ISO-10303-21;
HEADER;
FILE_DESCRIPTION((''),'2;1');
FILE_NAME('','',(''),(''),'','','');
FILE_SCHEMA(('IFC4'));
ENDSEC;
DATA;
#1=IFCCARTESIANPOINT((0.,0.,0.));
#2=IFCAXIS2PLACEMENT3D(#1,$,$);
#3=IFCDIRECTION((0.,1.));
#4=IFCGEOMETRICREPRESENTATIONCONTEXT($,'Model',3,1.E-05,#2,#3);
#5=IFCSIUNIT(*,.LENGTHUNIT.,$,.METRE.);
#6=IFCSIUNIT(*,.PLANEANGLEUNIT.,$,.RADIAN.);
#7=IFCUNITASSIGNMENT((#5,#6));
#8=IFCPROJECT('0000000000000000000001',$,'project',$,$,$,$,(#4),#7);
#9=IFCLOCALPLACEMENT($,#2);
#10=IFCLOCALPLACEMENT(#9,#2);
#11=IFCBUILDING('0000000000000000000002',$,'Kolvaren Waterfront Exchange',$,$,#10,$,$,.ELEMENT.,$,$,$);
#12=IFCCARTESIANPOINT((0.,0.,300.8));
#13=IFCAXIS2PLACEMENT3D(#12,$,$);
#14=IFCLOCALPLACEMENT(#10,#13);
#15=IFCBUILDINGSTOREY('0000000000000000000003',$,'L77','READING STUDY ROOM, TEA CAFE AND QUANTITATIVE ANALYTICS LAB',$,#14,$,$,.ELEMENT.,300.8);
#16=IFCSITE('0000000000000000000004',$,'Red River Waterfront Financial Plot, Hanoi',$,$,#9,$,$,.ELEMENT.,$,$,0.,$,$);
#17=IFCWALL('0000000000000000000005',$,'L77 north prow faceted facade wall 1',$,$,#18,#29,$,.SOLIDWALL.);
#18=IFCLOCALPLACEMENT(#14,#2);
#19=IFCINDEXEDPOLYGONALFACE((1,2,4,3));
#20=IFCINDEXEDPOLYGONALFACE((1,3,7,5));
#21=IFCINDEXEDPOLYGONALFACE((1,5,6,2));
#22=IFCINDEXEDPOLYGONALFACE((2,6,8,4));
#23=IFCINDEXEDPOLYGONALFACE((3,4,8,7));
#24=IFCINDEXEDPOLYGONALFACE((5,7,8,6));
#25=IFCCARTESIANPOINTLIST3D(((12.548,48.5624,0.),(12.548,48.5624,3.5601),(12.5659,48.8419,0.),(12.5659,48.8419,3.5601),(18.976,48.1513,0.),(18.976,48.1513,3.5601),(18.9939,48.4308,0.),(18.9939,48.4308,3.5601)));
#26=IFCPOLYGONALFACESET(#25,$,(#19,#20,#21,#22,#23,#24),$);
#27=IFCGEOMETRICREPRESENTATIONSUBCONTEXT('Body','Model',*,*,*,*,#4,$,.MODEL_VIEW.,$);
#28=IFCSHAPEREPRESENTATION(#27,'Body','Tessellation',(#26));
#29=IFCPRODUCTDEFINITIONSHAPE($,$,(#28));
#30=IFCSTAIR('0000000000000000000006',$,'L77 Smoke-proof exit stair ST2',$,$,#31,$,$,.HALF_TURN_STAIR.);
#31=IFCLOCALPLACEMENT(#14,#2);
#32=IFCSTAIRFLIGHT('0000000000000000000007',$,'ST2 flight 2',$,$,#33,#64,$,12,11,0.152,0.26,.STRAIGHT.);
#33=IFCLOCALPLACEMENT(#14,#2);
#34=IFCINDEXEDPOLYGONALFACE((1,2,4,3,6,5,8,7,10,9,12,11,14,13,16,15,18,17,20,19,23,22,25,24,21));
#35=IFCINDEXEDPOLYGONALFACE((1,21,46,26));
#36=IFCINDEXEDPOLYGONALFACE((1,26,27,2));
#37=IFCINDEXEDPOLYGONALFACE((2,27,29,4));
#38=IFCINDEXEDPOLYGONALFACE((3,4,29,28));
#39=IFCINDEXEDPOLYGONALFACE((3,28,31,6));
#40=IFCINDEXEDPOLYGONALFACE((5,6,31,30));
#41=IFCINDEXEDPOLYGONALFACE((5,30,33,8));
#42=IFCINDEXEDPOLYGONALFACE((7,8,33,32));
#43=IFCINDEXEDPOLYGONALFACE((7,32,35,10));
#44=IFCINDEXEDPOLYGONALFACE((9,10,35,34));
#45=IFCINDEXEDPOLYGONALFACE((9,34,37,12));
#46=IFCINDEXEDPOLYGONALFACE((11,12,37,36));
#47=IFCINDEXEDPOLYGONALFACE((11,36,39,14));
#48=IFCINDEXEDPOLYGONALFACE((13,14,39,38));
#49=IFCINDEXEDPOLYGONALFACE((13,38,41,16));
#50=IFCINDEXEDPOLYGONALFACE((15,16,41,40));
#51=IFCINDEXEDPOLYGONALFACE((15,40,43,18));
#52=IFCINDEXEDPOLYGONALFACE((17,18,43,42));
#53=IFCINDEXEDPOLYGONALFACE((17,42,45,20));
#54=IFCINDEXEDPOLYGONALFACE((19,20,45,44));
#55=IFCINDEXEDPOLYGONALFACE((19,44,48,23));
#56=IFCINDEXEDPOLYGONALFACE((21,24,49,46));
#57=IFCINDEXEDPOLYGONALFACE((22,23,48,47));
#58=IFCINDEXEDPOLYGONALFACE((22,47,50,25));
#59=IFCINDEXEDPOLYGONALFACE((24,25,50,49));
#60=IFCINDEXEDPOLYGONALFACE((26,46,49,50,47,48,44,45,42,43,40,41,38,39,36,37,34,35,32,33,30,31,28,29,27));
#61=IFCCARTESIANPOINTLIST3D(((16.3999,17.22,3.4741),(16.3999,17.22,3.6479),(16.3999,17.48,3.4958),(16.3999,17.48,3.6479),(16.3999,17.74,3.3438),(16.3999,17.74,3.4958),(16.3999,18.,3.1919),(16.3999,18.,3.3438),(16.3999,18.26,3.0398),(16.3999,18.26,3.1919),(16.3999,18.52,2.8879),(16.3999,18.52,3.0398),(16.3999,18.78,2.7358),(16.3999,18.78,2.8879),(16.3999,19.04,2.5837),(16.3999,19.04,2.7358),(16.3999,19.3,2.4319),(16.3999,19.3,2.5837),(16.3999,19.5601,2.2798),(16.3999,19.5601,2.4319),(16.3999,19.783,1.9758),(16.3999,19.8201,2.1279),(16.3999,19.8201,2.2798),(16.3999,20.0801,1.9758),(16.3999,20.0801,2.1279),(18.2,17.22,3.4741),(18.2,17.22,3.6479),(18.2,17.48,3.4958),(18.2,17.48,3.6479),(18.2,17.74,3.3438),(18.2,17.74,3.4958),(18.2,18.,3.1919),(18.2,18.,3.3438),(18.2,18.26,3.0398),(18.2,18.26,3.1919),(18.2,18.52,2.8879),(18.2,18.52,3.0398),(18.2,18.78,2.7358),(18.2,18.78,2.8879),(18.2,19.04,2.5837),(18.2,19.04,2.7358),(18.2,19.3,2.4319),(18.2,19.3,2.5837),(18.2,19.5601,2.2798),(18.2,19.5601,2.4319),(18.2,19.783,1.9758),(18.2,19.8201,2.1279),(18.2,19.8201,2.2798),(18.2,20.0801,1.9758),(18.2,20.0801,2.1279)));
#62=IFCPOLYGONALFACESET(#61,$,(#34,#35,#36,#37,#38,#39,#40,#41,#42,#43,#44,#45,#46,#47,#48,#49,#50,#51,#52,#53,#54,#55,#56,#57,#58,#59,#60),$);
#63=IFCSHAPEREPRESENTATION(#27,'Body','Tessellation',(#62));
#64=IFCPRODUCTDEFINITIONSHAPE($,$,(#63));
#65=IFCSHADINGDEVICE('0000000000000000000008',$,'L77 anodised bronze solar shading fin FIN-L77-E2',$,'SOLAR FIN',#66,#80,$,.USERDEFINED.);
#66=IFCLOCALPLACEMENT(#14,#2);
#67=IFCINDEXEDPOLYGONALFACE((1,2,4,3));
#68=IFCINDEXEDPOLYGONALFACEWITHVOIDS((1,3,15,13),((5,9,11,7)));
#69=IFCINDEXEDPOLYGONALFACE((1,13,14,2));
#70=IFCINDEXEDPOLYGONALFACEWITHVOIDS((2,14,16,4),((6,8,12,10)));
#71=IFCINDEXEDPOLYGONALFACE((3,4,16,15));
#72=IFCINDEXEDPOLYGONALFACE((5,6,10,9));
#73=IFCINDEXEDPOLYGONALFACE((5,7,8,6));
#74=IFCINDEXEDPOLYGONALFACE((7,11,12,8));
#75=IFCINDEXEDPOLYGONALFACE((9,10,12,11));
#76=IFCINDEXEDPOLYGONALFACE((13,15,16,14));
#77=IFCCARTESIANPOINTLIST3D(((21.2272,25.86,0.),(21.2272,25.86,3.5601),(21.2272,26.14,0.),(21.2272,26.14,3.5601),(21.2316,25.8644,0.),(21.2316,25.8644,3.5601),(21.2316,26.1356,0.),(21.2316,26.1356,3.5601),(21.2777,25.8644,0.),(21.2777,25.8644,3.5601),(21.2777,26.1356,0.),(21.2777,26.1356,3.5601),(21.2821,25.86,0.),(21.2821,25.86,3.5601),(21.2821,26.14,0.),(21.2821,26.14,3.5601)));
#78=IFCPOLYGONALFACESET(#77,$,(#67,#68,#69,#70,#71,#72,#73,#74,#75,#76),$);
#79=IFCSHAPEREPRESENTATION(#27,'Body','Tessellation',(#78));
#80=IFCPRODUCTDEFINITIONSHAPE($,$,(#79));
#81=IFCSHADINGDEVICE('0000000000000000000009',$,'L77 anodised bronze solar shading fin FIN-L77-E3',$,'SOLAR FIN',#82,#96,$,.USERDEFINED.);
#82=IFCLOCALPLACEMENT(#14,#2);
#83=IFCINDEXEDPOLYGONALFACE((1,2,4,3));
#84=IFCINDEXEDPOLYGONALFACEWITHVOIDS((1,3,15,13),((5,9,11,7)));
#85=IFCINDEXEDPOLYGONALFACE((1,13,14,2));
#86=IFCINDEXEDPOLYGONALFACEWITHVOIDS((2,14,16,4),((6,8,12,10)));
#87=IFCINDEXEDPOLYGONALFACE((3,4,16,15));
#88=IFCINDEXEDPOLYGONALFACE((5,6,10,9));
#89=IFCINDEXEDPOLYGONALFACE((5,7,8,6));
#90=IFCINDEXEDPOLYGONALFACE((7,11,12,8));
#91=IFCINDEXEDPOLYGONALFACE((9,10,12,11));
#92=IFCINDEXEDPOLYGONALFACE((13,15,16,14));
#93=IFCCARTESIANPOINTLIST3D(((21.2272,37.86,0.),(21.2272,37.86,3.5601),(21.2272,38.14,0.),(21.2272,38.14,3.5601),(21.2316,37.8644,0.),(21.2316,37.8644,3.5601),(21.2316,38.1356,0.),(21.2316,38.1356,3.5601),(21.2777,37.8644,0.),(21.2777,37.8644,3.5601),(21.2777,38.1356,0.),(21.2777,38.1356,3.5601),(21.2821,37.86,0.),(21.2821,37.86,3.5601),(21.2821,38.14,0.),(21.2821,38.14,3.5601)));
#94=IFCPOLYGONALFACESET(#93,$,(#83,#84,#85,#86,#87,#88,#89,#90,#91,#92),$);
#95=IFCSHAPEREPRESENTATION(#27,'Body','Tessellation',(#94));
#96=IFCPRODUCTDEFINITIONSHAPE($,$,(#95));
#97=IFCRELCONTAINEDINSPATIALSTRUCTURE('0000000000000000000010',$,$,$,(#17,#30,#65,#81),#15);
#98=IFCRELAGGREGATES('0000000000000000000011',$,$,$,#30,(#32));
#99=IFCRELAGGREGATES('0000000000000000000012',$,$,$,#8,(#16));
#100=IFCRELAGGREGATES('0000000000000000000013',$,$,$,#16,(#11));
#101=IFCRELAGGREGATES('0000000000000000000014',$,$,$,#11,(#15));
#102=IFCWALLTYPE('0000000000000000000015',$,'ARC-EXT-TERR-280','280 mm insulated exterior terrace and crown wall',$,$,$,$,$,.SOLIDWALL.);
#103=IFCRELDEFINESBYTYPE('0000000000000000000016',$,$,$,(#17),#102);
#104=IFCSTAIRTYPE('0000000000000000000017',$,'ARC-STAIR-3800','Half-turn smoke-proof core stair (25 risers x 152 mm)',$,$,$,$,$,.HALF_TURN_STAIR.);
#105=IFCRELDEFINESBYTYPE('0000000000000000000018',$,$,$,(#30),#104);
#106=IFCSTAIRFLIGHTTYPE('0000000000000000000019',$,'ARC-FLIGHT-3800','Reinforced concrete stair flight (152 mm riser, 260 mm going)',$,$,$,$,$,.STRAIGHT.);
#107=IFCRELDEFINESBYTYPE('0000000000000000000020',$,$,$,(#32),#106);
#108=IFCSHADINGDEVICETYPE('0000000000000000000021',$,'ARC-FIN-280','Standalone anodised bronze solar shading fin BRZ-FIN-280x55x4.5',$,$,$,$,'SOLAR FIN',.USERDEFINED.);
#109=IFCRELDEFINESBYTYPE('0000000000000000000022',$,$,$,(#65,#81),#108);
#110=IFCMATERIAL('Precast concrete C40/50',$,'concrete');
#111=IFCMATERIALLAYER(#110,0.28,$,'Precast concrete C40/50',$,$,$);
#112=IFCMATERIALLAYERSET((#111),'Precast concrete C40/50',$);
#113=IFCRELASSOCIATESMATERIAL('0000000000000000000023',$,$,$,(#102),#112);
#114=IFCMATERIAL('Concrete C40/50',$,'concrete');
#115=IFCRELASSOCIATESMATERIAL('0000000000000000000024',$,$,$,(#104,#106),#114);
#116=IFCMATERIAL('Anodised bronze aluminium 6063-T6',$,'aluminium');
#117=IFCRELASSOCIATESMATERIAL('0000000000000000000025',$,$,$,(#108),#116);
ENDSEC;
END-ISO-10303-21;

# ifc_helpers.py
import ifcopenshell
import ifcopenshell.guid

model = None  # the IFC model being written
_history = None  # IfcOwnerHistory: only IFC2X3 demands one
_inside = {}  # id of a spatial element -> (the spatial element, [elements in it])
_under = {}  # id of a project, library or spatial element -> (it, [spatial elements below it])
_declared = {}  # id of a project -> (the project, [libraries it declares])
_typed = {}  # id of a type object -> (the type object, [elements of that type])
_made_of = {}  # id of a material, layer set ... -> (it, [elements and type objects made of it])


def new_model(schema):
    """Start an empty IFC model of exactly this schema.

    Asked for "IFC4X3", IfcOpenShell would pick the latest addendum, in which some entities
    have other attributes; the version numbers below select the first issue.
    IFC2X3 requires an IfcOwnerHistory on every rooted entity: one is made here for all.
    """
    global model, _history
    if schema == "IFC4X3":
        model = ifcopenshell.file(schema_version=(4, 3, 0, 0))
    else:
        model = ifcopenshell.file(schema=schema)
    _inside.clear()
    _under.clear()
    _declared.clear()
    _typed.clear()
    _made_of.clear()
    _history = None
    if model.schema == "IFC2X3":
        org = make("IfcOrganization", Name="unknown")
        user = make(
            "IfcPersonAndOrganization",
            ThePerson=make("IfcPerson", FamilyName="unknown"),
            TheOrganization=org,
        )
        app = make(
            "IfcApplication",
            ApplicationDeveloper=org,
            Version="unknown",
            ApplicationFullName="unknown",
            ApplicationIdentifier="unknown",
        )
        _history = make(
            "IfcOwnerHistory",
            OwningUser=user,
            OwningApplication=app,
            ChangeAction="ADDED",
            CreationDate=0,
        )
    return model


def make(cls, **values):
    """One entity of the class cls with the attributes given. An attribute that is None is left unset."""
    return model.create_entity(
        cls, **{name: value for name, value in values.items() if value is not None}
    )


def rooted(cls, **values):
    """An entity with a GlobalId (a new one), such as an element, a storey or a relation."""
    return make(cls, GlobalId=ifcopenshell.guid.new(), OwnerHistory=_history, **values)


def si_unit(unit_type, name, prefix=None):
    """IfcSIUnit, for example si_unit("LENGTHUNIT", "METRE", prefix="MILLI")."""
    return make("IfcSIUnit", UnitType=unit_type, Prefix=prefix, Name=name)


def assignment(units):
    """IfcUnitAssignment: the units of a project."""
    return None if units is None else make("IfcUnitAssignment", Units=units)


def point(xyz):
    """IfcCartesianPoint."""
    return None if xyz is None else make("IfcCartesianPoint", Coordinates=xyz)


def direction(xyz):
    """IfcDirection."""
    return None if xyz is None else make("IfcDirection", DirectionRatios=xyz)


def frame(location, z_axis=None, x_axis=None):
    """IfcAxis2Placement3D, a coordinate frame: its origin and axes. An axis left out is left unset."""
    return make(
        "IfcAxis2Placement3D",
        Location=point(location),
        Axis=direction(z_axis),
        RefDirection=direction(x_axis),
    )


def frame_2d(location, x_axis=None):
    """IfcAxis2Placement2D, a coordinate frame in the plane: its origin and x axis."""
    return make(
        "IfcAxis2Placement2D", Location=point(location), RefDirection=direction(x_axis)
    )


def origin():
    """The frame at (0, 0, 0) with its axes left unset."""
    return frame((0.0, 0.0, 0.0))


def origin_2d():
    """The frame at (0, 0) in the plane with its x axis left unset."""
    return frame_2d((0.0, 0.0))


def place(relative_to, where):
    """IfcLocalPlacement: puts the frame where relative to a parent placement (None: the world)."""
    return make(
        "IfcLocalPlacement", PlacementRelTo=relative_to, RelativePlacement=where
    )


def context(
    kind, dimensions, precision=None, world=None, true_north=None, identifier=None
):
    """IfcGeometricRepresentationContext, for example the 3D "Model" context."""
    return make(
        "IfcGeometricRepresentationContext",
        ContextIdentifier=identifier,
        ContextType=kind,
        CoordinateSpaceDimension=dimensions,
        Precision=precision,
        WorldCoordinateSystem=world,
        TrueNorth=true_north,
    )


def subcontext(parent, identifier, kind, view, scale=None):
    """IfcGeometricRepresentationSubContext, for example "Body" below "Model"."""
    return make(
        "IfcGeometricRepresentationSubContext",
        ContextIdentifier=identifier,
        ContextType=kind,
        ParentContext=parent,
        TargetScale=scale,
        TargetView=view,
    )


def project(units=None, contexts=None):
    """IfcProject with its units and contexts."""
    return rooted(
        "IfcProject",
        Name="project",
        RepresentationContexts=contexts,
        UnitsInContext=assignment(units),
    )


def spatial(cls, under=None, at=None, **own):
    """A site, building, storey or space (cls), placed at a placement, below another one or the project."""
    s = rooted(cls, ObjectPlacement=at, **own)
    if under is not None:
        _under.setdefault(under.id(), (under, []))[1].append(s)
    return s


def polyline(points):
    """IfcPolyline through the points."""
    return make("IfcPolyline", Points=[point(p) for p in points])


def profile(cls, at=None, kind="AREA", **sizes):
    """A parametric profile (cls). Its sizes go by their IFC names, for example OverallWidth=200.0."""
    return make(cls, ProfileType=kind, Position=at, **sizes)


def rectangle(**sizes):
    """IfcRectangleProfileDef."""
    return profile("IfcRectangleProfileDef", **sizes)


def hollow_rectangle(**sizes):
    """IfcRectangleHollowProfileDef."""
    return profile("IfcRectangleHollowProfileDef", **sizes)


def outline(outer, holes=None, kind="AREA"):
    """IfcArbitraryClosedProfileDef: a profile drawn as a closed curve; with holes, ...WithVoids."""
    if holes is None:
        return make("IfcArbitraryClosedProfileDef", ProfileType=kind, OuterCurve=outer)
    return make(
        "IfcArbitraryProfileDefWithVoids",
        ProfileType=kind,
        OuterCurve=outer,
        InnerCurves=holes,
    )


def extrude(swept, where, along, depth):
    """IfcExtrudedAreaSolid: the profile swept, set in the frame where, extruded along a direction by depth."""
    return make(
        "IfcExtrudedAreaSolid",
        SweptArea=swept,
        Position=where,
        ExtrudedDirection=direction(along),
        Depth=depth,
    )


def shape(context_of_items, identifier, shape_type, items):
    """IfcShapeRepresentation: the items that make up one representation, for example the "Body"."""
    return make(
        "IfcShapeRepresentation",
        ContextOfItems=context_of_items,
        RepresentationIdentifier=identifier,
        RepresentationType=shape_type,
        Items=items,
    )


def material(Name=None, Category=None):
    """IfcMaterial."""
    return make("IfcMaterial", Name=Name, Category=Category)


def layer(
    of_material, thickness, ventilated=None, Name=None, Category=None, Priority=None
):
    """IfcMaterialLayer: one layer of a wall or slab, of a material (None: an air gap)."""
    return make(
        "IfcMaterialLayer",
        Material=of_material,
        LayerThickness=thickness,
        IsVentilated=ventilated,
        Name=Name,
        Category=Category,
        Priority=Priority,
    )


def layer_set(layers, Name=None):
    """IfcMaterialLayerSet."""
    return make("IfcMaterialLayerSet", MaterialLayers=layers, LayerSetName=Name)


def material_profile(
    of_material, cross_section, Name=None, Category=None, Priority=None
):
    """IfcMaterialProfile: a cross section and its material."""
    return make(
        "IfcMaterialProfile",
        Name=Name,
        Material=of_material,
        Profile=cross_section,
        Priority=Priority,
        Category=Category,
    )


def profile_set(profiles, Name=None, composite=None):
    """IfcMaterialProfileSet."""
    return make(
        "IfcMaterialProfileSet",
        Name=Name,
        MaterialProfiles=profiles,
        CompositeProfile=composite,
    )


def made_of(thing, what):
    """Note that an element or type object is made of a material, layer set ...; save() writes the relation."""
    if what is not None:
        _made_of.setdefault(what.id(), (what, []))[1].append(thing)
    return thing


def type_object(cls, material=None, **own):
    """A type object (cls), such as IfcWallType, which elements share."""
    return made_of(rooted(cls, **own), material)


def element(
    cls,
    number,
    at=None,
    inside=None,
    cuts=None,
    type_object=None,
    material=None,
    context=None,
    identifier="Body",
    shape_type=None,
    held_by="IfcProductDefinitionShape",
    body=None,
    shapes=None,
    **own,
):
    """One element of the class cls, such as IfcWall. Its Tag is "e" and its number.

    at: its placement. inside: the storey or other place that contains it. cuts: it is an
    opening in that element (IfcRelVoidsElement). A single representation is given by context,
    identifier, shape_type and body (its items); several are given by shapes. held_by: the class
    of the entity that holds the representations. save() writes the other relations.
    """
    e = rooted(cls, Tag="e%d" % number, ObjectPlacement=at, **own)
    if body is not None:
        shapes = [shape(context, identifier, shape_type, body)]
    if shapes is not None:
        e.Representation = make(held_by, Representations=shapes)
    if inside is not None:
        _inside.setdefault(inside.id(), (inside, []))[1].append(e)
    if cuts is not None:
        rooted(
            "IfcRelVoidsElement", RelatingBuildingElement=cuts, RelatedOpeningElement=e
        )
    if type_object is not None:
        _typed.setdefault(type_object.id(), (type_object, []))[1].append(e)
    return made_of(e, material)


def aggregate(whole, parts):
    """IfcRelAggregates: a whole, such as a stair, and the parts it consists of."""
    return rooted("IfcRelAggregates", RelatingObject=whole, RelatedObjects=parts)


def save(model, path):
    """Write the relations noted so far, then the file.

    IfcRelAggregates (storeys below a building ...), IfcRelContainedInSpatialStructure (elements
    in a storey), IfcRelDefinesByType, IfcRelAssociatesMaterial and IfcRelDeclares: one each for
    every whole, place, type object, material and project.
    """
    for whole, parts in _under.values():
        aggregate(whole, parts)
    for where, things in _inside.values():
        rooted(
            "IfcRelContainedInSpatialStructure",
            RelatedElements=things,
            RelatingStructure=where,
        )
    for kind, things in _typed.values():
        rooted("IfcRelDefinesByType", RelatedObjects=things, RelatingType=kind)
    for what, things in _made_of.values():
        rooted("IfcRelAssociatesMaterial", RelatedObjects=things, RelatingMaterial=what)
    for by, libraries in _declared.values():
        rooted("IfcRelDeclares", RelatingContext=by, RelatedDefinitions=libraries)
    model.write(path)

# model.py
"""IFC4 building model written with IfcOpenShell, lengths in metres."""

from ifc_helpers import new_model, si_unit, direction, frame, frame_2d, origin, origin_2d, place, context, subcontext, project, spatial, polyline, rectangle, hollow_rectangle, outline, extrude, material, layer, layer_set, material_profile, profile_set, type_object, element, aggregate, save


model = new_model("IFC4")

# Units and contexts
model_context = context("Model", 3, precision=1e-05, world=origin(), true_north=direction((0.0, 1.0)))
body_context = subcontext(model_context, "Body", "Model", "MODEL_VIEW")
ifc_project = project(units=[si_unit("LENGTHUNIT", "METRE"), si_unit("PLANEANGLEUNIT", "RADIAN")], contexts=[model_context])

# Site, building, storey
site_placement = place(None, origin())
site = spatial("IfcSite", under=ifc_project, at=site_placement, Name="Red River Waterfront Financial Plot, Hanoi", CompositionType="ELEMENT", RefElevation=0.0)
building_placement = place(site_placement, origin())
building = spatial("IfcBuilding", under=site, at=building_placement, Name="Kolvaren Waterfront Exchange", CompositionType="ELEMENT")
storey_placement = place(building_placement, frame((0.0, 0.0, 300.8)))
storey = spatial("IfcBuildingStorey", under=building, at=storey_placement, Name="L77", Description="READING STUDY ROOM, TEA CAFE AND QUANTITATIVE ANALYTICS LAB", CompositionType="ELEMENT", Elevation=300.8)

# Shared definitions
ifc_material_1 = material(Name="Anodised bronze aluminium 6063-T6", Category="aluminium")

# Wall
ifc_material_2 = material(Name="Precast concrete C40/50", Category="concrete")
ifc_layer_1 = layer(ifc_material_2, 0.28, Name="Precast concrete C40/50")
ifc_layer_set_1 = layer_set([ifc_layer_1], Name="Precast concrete C40/50")
wall_type = type_object("IfcWallType", Name="ARC-EXT-TERR-280", Description="280 mm insulated exterior terrace and crown wall", PredefinedType="SOLIDWALL", material=ifc_layer_set_1)
wall_1_placement = place(storey_placement, frame((18.9851, 48.291, 0.0), z_axis=(0.0, 0.0, 1.0), x_axis=(-0.997961, 0.063829, 0.0)))
element("IfcWall", 1, at=wall_1_placement, inside=storey, type_object=wall_type, Name="L77 north prow faceted facade wall 1", PredefinedType="SOLIDWALL", context=body_context, shape_type="SweptSolid", body=[
    extrude(rectangle(XDim=6.4412, YDim=0.28, at=frame_2d((3.2207, 0.0))), origin(), (0.0, 0.0, 1.0), 3.5601),
])

# Stair, stair flight
ifc_material_3 = material(Name="Concrete C40/50", Category="concrete")
stair_type = type_object("IfcStairType", Name="ARC-STAIR-3800", Description="Half-turn smoke-proof core stair (25 risers x 152 mm)", PredefinedType="HALF_TURN_STAIR", material=ifc_material_3)
stair_placement = place(storey_placement, origin())
stair = element("IfcStair", 2, at=stair_placement, inside=storey, type_object=stair_type, Name="L77 Smoke-proof exit stair ST2", PredefinedType="HALF_TURN_STAIR")
stair_flight_type = type_object("IfcStairFlightType", Name="ARC-FLIGHT-3800", Description="Reinforced concrete stair flight (152 mm riser, 260 mm going)", PredefinedType="STRAIGHT", material=ifc_material_3)
stair_flight_placement = place(storey_placement, frame((17.3, 20.0801, 1.9758), z_axis=(0.0, 0.0, 1.0), x_axis=(0.0, -1.0, 0.0)))
stair_flight = element("IfcStairFlight", 3, at=stair_flight_placement, type_object=stair_flight_type, Name="ST2 flight 2", NumberOfRisers=12, NumberOfTreads=11, PredefinedType="STRAIGHT", RiserHeight=0.152, TreadLength=0.26, context=body_context, shape_type="SweptSolid", body=[
    extrude(outline(polyline([(0.0, 0.0), (0.0, 0.1521), (0.26, 0.1521), (0.26, 0.304), (0.52, 0.304), (0.52, 0.4561), (0.78, 0.4561), (0.78, 0.6079), (1.04, 0.6079), (1.04, 0.76), (1.3, 0.76), (1.3, 0.9121), (1.5601, 0.9121), (1.5601, 1.064), (1.8201, 1.064), (1.8201, 1.2161), (2.0801, 1.2161), (2.0801, 1.3679), (2.3401, 1.3679), (2.3401, 1.52), (2.6001, 1.52), (2.6001, 1.6721), (2.8601, 1.6721), (2.8601, 1.824), (2.8601, 1.4983), (0.2971, 0.0), (0.0, 0.0)])), frame((0.0, 0.8999, 0.0), z_axis=(0.0, -1.0, 0.0), x_axis=(1.0, 0.0, 0.0)), (0.0, 0.0, 1.0), 1.8),
])
aggregate(stair, [stair_flight])

# Shading devices
ifc_material_profile_1 = material_profile(ifc_material_1, hollow_rectangle(XDim=0.0549, YDim=0.28, WallThickness=0.0044, at=origin_2d()), Name="BRZ-FIN-280x55x4.5")
ifc_profile_set_1 = profile_set([ifc_material_profile_1], Name="Anodised bronze aluminium 6063-T6")
shading_device_type = type_object("IfcShadingDeviceType", Name="ARC-FIN-280", Description="Standalone anodised bronze solar shading fin BRZ-FIN-280x55x4.5", ElementType="SOLAR FIN", PredefinedType="USERDEFINED", material=ifc_profile_set_1)
for number, where, z_axis, x_axis, name in (
    (4, (21.2546, 26.0, 0.0), (0.0, 0.0, 1.0), (1.0, 0.0, 0.0), "L77 anodised bronze solar shading fin FIN-L77-E2"),
    (5, (21.2546, 38.0, 0.0), (0.0, 0.0, 1.0), (1.0, 0.0, 0.0), "L77 anodised bronze solar shading fin FIN-L77-E3"),
):
    element("IfcShadingDevice", number, at=place(storey_placement, frame(where, z_axis=z_axis, x_axis=x_axis)), inside=storey, type_object=shading_device_type, Name=name, ObjectType="SOLAR FIN", PredefinedType="USERDEFINED", context=body_context, shape_type="SweptSolid", body=[
        extrude(hollow_rectangle(XDim=0.0549, YDim=0.28, WallThickness=0.0044, at=origin_2d()), origin(), (0.0, 0.0, 1.0), 3.5601),
    ])

save(model, "model.ifc")
